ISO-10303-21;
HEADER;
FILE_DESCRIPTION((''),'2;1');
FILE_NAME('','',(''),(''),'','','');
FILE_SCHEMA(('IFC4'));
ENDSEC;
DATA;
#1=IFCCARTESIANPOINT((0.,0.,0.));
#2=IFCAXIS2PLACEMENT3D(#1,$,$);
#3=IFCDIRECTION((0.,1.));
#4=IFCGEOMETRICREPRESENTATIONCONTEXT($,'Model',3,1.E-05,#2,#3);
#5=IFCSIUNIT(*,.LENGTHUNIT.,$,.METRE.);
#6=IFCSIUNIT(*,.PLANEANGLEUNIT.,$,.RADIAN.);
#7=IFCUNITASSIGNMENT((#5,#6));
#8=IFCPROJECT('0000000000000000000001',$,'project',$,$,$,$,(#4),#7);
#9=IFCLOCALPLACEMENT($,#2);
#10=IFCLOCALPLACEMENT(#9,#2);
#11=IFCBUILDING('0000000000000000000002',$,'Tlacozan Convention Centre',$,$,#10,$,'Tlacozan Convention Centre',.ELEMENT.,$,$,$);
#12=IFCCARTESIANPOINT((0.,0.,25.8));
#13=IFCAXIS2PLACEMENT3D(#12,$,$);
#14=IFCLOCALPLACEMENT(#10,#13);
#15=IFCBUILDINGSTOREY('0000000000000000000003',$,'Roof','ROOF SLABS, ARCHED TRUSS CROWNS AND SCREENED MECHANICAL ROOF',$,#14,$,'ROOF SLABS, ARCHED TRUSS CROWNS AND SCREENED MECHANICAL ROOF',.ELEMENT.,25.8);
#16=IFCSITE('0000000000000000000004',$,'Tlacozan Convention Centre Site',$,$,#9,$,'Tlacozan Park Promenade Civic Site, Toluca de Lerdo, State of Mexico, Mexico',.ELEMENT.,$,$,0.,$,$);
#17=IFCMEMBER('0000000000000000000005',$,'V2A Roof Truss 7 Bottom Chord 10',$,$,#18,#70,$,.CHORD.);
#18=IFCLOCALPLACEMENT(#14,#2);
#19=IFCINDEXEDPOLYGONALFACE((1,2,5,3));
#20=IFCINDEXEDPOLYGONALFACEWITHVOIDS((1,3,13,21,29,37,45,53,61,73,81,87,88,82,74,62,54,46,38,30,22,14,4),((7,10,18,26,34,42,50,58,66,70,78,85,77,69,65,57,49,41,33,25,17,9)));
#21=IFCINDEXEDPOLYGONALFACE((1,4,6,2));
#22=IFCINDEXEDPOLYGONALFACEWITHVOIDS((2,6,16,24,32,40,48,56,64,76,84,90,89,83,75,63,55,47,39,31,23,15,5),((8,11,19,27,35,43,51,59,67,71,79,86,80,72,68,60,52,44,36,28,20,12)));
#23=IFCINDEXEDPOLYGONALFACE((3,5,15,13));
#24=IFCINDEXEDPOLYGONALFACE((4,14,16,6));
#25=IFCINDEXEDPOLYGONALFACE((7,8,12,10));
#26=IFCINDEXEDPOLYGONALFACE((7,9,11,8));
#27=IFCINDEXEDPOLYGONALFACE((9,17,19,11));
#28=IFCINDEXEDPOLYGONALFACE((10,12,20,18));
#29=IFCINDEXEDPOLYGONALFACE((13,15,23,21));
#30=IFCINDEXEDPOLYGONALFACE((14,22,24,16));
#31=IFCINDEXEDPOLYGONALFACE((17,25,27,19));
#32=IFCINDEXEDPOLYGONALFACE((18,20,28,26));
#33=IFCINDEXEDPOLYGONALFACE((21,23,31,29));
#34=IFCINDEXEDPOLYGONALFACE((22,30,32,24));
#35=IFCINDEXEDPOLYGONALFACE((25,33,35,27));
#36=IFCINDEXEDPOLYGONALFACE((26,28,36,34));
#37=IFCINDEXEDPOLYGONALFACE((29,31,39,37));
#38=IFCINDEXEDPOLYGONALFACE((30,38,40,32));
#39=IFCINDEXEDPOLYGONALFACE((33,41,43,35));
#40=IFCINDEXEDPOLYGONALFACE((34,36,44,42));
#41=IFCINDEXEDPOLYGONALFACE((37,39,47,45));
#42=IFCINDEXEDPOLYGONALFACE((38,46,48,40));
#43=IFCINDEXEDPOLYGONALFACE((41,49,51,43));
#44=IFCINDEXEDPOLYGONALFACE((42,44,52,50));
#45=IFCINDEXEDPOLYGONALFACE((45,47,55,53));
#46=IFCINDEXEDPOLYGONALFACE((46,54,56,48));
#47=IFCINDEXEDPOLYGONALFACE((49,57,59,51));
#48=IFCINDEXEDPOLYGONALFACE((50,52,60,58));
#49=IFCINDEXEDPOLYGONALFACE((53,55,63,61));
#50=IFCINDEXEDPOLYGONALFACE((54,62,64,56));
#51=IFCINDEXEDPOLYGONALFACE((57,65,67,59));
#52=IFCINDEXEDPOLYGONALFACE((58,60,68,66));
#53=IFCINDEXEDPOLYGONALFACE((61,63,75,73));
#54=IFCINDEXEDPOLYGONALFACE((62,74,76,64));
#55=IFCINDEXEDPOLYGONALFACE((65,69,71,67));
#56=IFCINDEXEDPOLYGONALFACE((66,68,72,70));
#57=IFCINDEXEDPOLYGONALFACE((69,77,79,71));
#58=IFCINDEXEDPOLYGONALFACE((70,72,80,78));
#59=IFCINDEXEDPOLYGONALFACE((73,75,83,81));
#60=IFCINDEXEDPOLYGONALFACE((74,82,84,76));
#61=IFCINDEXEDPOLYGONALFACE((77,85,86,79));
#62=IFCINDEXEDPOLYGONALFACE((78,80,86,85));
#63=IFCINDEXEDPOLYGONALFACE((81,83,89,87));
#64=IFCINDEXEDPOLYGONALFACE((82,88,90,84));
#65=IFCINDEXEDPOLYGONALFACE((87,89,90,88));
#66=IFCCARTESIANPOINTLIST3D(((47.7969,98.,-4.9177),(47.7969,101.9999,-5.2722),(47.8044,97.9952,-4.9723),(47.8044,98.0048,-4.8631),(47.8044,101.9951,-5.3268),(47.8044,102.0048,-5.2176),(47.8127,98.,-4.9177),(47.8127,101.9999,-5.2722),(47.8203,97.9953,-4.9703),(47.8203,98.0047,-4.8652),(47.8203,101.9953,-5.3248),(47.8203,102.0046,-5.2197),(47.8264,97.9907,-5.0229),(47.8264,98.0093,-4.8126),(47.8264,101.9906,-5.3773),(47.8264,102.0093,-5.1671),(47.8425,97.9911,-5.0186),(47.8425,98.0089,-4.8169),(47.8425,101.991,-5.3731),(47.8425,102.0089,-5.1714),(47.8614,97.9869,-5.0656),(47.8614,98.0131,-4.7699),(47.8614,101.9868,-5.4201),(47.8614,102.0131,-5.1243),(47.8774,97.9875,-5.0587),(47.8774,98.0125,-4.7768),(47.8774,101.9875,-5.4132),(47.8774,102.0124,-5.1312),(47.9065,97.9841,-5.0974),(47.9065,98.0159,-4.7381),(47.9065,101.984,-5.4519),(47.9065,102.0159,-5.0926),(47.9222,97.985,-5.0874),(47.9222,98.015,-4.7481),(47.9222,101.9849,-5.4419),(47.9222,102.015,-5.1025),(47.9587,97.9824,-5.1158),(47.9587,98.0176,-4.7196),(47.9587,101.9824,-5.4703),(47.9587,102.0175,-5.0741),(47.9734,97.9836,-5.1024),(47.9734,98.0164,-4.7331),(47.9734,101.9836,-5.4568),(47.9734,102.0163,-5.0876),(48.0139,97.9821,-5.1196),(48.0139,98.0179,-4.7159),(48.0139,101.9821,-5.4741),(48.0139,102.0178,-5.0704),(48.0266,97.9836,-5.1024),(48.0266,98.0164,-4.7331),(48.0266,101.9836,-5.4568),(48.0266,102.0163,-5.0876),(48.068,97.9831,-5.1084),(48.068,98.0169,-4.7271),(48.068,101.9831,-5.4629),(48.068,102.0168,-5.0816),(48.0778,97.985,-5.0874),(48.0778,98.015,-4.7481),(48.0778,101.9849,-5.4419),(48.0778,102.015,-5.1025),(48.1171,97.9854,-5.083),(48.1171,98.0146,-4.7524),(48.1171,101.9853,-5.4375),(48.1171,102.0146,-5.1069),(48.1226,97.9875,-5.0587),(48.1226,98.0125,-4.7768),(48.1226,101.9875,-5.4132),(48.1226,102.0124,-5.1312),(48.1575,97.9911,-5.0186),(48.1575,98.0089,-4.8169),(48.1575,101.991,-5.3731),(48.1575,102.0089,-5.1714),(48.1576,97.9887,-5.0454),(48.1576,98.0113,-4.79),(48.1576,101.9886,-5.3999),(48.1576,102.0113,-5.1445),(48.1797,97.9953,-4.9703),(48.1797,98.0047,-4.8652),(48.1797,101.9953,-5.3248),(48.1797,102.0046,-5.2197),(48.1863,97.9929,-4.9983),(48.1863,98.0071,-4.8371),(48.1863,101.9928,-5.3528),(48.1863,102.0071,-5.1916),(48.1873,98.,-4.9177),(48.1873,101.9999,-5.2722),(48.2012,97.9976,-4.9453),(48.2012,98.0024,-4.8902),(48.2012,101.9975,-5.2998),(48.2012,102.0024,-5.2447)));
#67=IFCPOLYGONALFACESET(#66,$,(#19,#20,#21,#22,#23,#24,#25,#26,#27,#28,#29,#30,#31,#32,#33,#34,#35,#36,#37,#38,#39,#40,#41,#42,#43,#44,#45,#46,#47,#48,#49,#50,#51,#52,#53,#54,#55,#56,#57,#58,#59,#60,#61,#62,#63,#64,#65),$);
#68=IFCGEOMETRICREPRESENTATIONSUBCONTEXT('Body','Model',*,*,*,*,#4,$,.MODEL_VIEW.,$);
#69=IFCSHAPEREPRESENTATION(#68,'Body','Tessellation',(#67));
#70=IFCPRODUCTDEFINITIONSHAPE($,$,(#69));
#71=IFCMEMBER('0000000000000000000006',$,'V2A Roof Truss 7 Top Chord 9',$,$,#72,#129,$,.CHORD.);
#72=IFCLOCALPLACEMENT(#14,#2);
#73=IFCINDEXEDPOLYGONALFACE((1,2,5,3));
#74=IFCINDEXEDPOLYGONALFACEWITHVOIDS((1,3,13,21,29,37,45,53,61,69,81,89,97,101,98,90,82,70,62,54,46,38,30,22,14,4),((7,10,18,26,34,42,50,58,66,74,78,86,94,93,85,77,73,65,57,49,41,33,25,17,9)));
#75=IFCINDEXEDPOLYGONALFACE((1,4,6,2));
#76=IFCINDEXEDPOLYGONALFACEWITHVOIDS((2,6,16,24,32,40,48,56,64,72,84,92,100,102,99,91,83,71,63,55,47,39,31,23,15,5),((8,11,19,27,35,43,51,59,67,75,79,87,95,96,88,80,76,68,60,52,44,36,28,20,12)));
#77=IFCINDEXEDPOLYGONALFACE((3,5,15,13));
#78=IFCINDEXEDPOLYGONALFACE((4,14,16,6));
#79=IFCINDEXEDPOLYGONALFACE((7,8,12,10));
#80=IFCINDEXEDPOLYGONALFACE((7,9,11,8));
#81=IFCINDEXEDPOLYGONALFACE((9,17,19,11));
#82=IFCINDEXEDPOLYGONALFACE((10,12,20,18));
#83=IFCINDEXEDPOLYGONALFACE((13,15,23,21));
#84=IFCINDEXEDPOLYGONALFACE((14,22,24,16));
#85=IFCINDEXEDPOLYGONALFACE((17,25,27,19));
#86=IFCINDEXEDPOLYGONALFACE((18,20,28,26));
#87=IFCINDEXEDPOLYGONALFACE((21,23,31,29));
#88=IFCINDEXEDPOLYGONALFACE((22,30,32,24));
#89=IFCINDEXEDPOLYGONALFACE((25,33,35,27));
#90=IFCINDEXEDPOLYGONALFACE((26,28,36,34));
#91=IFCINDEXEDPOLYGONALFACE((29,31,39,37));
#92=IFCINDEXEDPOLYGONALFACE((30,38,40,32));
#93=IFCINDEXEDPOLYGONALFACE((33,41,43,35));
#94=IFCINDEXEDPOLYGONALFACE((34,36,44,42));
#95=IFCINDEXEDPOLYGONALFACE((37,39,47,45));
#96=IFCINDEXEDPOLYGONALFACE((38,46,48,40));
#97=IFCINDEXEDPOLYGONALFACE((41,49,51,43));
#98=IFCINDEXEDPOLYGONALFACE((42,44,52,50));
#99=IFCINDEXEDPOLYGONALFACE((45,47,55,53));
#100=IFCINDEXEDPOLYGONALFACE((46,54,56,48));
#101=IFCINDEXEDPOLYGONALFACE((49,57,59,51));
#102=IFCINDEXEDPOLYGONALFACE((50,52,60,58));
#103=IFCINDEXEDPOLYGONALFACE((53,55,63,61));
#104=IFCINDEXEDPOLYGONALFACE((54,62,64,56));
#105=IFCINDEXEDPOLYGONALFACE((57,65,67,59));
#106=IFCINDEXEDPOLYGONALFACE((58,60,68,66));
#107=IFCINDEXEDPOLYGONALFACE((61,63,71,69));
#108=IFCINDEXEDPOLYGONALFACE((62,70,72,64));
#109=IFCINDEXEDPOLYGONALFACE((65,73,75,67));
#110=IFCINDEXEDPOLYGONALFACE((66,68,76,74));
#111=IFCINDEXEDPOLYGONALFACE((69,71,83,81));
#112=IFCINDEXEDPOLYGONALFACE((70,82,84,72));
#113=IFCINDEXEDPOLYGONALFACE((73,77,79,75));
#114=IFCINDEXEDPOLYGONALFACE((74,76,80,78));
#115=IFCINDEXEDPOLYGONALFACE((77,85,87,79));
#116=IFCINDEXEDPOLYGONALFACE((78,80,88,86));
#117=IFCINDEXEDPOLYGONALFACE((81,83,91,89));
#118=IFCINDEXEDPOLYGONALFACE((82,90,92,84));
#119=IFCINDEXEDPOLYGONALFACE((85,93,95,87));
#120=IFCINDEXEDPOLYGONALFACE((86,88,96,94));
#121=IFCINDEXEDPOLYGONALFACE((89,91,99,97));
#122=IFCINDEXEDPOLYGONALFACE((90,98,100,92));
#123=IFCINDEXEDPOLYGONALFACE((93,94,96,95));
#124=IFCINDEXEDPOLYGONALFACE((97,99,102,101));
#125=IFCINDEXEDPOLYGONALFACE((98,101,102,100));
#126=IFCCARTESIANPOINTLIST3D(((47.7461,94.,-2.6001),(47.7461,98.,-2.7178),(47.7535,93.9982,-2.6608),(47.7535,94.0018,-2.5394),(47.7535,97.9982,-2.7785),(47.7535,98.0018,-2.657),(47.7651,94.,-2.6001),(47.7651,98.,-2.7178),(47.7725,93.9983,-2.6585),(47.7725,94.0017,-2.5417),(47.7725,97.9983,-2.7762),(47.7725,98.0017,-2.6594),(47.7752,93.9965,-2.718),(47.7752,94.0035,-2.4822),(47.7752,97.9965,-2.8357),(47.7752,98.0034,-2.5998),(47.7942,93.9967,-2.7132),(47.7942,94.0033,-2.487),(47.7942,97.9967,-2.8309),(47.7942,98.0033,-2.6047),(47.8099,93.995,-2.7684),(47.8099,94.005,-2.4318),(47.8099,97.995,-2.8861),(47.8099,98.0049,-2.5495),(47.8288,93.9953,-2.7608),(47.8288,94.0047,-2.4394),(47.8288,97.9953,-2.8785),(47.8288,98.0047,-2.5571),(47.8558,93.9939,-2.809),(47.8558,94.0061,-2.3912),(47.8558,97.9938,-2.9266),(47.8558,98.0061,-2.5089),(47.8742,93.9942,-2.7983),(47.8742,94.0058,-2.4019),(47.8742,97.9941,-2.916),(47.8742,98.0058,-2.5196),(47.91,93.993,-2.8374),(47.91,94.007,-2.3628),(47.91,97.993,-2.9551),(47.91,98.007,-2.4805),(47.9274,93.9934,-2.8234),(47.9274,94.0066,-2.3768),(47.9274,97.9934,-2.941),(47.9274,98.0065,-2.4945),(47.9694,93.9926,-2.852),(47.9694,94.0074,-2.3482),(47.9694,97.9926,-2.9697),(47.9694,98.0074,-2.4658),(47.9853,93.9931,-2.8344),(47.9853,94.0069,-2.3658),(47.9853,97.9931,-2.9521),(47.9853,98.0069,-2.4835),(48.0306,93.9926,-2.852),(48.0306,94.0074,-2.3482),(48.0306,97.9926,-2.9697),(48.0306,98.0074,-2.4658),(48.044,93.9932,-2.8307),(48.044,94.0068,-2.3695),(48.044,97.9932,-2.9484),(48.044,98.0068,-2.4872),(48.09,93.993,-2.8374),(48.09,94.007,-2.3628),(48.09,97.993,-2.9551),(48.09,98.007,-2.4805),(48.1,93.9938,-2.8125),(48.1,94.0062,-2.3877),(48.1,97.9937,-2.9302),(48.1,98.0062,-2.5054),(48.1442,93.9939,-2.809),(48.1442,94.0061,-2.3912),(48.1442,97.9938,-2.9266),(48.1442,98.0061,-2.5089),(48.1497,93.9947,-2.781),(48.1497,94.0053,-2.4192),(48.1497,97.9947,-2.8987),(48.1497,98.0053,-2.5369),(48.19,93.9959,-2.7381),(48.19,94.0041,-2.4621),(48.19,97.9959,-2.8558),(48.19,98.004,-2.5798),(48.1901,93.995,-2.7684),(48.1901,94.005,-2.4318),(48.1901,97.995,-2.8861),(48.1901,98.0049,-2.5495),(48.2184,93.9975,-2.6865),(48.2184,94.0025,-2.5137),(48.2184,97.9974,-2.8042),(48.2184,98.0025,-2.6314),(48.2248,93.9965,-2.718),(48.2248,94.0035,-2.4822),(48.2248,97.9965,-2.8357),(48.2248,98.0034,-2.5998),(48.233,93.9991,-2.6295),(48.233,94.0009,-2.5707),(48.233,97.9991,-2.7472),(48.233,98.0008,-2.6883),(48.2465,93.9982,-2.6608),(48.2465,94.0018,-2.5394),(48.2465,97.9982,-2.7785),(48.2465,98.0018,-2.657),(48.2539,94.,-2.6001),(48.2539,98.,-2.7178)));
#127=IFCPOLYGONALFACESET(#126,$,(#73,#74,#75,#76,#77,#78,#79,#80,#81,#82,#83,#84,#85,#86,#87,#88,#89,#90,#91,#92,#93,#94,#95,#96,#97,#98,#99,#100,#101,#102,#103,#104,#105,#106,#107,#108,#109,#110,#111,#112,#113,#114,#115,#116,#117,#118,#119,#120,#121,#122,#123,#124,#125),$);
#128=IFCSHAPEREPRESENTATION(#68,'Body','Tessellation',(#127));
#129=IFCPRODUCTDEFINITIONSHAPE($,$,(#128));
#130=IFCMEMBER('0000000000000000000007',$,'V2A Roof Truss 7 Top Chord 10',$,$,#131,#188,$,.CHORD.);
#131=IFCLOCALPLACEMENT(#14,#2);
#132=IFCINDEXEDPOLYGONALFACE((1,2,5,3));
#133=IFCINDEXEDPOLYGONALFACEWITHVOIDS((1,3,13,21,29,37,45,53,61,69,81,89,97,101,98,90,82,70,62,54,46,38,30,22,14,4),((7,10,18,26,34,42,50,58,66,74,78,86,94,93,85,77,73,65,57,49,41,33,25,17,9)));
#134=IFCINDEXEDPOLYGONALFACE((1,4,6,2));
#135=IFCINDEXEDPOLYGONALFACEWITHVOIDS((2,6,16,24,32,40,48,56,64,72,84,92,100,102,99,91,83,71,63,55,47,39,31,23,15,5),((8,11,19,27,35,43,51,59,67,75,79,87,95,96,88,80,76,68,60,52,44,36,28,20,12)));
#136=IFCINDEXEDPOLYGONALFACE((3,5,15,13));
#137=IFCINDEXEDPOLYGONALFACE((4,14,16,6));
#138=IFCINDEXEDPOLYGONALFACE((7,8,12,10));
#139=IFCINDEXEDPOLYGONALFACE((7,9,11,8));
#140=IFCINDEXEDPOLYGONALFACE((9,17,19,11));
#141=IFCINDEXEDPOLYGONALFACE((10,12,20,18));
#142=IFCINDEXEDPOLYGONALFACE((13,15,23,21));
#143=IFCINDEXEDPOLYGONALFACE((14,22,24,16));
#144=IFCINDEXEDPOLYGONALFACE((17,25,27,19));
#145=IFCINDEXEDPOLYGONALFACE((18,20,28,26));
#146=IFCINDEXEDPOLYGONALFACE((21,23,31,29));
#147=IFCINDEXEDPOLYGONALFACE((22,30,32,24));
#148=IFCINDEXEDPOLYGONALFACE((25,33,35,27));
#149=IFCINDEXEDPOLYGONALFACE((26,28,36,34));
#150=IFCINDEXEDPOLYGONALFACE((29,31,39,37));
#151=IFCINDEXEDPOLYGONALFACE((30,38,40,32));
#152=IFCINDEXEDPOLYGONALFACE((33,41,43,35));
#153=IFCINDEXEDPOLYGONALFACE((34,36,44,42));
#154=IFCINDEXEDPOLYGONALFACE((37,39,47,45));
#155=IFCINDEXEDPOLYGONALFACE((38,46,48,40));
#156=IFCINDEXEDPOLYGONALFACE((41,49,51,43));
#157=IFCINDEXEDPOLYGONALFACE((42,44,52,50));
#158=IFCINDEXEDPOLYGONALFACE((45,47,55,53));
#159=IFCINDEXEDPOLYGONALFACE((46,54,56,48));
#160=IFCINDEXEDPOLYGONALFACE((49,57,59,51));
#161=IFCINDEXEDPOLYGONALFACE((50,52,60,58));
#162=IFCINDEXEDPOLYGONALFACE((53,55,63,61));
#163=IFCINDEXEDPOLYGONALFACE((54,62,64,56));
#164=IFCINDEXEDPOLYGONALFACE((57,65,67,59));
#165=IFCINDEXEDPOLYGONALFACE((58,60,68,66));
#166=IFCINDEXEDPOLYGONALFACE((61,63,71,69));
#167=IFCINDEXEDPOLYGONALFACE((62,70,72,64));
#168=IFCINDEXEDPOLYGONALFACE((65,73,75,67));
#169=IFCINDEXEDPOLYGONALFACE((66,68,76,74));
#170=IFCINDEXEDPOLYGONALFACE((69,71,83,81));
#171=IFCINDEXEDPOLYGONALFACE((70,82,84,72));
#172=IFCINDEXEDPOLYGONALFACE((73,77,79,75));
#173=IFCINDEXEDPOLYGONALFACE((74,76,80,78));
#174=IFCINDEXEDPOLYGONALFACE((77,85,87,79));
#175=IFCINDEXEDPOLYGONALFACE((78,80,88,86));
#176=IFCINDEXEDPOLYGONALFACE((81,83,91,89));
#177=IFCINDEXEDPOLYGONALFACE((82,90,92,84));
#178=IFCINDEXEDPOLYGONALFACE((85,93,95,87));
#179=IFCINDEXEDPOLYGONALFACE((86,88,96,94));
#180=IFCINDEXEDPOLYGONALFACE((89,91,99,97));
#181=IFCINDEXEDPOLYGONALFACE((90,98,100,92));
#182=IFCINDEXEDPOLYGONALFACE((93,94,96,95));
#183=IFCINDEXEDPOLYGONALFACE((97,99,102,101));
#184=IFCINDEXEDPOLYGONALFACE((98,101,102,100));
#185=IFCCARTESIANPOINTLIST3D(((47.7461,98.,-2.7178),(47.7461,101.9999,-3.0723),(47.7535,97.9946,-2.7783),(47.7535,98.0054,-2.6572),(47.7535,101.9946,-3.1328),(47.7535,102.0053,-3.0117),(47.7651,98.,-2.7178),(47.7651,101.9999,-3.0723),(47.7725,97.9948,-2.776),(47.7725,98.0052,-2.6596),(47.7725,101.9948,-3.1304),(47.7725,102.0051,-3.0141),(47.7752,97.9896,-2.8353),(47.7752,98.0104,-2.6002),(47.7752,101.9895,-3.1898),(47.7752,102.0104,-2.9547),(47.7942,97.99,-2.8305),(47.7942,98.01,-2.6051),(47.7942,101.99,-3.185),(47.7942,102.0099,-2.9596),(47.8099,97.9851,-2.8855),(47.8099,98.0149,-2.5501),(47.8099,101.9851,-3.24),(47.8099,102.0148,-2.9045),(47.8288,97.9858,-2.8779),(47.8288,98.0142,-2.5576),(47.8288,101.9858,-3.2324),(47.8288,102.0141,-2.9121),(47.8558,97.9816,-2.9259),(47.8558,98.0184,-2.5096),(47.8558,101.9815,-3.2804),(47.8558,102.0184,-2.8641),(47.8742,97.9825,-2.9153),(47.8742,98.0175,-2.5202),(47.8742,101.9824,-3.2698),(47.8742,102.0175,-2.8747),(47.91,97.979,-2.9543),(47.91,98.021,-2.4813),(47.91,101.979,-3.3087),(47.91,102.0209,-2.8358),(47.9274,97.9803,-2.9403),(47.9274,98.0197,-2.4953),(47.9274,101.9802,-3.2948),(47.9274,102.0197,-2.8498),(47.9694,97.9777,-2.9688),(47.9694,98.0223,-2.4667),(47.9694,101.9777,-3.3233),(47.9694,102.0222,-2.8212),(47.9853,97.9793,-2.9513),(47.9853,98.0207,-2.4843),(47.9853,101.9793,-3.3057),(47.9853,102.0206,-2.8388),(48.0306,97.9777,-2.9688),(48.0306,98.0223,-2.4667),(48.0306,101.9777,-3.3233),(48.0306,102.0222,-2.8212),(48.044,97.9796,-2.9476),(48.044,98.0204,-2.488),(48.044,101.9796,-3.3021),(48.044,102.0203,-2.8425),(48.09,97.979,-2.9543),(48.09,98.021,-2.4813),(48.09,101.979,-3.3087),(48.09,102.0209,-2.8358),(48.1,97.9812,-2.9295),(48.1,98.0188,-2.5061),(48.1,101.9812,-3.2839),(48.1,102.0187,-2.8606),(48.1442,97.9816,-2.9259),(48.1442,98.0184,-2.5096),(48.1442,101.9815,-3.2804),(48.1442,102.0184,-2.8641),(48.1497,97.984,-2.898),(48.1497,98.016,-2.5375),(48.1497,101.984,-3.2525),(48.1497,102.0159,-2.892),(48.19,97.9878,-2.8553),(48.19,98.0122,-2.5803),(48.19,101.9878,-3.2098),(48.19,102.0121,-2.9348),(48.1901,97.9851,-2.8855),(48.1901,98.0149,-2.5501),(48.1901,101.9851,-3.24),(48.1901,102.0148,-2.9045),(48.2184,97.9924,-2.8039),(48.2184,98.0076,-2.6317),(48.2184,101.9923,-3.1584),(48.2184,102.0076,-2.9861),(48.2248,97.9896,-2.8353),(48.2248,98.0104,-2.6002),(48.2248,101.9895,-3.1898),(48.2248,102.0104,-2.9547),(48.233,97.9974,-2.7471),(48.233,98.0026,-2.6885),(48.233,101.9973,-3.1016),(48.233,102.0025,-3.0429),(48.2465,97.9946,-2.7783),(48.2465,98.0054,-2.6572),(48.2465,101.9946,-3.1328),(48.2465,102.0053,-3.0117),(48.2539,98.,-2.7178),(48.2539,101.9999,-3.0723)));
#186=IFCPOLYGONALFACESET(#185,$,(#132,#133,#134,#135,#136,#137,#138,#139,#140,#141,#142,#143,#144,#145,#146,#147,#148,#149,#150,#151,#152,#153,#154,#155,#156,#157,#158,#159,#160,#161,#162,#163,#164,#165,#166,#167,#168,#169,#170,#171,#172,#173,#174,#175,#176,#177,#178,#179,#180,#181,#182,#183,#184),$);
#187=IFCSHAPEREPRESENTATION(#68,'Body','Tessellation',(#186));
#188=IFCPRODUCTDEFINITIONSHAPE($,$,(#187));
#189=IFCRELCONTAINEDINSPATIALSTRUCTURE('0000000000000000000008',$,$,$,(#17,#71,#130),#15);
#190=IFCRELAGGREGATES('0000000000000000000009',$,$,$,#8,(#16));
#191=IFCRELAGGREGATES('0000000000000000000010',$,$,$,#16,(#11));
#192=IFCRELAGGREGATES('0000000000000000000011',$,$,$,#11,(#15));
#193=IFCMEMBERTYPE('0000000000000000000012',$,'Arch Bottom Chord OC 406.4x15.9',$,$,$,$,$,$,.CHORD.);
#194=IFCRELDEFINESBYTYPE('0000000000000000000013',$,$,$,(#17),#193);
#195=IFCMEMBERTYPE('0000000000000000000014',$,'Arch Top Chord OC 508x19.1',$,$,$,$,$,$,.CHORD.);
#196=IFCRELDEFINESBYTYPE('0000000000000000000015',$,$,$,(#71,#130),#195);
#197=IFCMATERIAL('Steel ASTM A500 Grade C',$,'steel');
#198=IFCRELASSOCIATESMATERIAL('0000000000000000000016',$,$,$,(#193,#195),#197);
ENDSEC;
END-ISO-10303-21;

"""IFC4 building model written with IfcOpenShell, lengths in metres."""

from ifc_helpers import new_model, si_unit, direction, frame, origin, origin_2d, place, context, subcontext, project, spatial, hollow_circle, extrude, material, material_profile, profile_set, type_object, element, save


model = new_model("IFC4")

# Units and contexts
model_context = context("Model", 3, precision=1e-05, world=origin(), true_north=direction((0.0, 1.0)))
body_context = subcontext(model_context, "Body", "Model", "MODEL_VIEW")
ifc_project = project(units=[si_unit("LENGTHUNIT", "METRE"), si_unit("PLANEANGLEUNIT", "RADIAN")], contexts=[model_context])

# Site, building, storey
site_placement = place(None, origin())
site = spatial("IfcSite", under=ifc_project, at=site_placement, Name="Tlacozan Convention Centre Site", LongName="Tlacozan Park Promenade Civic Site, Toluca de Lerdo, State of Mexico, Mexico", CompositionType="ELEMENT", RefElevation=0.0)
building_placement = place(site_placement, origin())
building = spatial("IfcBuilding", under=site, at=building_placement, Name="Tlacozan Convention Centre", LongName="Tlacozan Convention Centre", CompositionType="ELEMENT")
storey_placement = place(building_placement, frame((0.0, 0.0, 25.8)))
storey = spatial("IfcBuildingStorey", under=building, at=storey_placement, Name="Roof", Description="ROOF SLABS, ARCHED TRUSS CROWNS AND SCREENED MECHANICAL ROOF", LongName="ROOF SLABS, ARCHED TRUSS CROWNS AND SCREENED MECHANICAL ROOF", CompositionType="ELEMENT", Elevation=25.8)

# Members
ifc_material_1 = material(Name="Steel ASTM A500 Grade C", Category="steel")
ifc_material_profile_1 = material_profile(ifc_material_1, hollow_circle(Radius=0.2031, WallThickness=0.0159, at=origin_2d()), Name="OC 406.4x15.9")
ifc_profile_set_1 = profile_set([ifc_material_profile_1], Name="Steel ASTM A500 Grade C")
member_type_1 = type_object("IfcMemberType", Name="Arch Bottom Chord OC 406.4x15.9", PredefinedType="CHORD", material=ifc_profile_set_1)
member_1_placement = place(storey_placement, frame((48.0, 98.0, -4.9177), z_axis=(0.0, 0.996096, -0.088277), x_axis=(-1.0, 0.0, 0.0)))
element("IfcMember", 1, at=member_1_placement, inside=storey, type_object=member_type_1, Name="V2A Roof Truss 7 Bottom Chord 10", PredefinedType="CHORD", context=body_context, shape_type="SweptSolid", body=[
    extrude(hollow_circle(Radius=0.2031, WallThickness=0.0159, at=origin_2d()), origin(), (0.0, 0.0, 1.0), 4.0156),
])
ifc_material_profile_2 = material_profile(ifc_material_1, hollow_circle(Radius=0.2539, WallThickness=0.019, at=origin_2d()), Name="OC 508.0x19.1")
ifc_profile_set_2 = profile_set([ifc_material_profile_2], Name="Steel ASTM A500 Grade C")
member_type_2 = type_object("IfcMemberType", Name="Arch Top Chord OC 508x19.1", PredefinedType="CHORD", material=ifc_profile_set_2)
member_2_placement = place(storey_placement, frame((48.0, 94.0, -2.6001), z_axis=(0.0, 0.999568, -0.029406), x_axis=(-1.0, 0.0, 0.0)))
element("IfcMember", 2, at=member_2_placement, inside=storey, type_object=member_type_2, Name="V2A Roof Truss 7 Top Chord 9", PredefinedType="CHORD", context=body_context, shape_type="SweptSolid", body=[
    extrude(hollow_circle(Radius=0.2539, WallThickness=0.019, at=origin_2d()), origin(), (0.0, 0.0, 1.0), 4.0017),
])
member_3_placement = place(storey_placement, frame((48.0, 98.0, -2.7178), z_axis=(0.0, 0.996096, -0.088277), x_axis=(-1.0, 0.0, 0.0)))
element("IfcMember", 3, at=member_3_placement, inside=storey, type_object=member_type_2, Name="V2A Roof Truss 7 Top Chord 10", PredefinedType="CHORD", context=body_context, shape_type="SweptSolid", body=[
    extrude(hollow_circle(Radius=0.2539, WallThickness=0.019, at=origin_2d()), origin(), (0.0, 0.0, 1.0), 4.0156),
])

save(model, "model.ifc")
